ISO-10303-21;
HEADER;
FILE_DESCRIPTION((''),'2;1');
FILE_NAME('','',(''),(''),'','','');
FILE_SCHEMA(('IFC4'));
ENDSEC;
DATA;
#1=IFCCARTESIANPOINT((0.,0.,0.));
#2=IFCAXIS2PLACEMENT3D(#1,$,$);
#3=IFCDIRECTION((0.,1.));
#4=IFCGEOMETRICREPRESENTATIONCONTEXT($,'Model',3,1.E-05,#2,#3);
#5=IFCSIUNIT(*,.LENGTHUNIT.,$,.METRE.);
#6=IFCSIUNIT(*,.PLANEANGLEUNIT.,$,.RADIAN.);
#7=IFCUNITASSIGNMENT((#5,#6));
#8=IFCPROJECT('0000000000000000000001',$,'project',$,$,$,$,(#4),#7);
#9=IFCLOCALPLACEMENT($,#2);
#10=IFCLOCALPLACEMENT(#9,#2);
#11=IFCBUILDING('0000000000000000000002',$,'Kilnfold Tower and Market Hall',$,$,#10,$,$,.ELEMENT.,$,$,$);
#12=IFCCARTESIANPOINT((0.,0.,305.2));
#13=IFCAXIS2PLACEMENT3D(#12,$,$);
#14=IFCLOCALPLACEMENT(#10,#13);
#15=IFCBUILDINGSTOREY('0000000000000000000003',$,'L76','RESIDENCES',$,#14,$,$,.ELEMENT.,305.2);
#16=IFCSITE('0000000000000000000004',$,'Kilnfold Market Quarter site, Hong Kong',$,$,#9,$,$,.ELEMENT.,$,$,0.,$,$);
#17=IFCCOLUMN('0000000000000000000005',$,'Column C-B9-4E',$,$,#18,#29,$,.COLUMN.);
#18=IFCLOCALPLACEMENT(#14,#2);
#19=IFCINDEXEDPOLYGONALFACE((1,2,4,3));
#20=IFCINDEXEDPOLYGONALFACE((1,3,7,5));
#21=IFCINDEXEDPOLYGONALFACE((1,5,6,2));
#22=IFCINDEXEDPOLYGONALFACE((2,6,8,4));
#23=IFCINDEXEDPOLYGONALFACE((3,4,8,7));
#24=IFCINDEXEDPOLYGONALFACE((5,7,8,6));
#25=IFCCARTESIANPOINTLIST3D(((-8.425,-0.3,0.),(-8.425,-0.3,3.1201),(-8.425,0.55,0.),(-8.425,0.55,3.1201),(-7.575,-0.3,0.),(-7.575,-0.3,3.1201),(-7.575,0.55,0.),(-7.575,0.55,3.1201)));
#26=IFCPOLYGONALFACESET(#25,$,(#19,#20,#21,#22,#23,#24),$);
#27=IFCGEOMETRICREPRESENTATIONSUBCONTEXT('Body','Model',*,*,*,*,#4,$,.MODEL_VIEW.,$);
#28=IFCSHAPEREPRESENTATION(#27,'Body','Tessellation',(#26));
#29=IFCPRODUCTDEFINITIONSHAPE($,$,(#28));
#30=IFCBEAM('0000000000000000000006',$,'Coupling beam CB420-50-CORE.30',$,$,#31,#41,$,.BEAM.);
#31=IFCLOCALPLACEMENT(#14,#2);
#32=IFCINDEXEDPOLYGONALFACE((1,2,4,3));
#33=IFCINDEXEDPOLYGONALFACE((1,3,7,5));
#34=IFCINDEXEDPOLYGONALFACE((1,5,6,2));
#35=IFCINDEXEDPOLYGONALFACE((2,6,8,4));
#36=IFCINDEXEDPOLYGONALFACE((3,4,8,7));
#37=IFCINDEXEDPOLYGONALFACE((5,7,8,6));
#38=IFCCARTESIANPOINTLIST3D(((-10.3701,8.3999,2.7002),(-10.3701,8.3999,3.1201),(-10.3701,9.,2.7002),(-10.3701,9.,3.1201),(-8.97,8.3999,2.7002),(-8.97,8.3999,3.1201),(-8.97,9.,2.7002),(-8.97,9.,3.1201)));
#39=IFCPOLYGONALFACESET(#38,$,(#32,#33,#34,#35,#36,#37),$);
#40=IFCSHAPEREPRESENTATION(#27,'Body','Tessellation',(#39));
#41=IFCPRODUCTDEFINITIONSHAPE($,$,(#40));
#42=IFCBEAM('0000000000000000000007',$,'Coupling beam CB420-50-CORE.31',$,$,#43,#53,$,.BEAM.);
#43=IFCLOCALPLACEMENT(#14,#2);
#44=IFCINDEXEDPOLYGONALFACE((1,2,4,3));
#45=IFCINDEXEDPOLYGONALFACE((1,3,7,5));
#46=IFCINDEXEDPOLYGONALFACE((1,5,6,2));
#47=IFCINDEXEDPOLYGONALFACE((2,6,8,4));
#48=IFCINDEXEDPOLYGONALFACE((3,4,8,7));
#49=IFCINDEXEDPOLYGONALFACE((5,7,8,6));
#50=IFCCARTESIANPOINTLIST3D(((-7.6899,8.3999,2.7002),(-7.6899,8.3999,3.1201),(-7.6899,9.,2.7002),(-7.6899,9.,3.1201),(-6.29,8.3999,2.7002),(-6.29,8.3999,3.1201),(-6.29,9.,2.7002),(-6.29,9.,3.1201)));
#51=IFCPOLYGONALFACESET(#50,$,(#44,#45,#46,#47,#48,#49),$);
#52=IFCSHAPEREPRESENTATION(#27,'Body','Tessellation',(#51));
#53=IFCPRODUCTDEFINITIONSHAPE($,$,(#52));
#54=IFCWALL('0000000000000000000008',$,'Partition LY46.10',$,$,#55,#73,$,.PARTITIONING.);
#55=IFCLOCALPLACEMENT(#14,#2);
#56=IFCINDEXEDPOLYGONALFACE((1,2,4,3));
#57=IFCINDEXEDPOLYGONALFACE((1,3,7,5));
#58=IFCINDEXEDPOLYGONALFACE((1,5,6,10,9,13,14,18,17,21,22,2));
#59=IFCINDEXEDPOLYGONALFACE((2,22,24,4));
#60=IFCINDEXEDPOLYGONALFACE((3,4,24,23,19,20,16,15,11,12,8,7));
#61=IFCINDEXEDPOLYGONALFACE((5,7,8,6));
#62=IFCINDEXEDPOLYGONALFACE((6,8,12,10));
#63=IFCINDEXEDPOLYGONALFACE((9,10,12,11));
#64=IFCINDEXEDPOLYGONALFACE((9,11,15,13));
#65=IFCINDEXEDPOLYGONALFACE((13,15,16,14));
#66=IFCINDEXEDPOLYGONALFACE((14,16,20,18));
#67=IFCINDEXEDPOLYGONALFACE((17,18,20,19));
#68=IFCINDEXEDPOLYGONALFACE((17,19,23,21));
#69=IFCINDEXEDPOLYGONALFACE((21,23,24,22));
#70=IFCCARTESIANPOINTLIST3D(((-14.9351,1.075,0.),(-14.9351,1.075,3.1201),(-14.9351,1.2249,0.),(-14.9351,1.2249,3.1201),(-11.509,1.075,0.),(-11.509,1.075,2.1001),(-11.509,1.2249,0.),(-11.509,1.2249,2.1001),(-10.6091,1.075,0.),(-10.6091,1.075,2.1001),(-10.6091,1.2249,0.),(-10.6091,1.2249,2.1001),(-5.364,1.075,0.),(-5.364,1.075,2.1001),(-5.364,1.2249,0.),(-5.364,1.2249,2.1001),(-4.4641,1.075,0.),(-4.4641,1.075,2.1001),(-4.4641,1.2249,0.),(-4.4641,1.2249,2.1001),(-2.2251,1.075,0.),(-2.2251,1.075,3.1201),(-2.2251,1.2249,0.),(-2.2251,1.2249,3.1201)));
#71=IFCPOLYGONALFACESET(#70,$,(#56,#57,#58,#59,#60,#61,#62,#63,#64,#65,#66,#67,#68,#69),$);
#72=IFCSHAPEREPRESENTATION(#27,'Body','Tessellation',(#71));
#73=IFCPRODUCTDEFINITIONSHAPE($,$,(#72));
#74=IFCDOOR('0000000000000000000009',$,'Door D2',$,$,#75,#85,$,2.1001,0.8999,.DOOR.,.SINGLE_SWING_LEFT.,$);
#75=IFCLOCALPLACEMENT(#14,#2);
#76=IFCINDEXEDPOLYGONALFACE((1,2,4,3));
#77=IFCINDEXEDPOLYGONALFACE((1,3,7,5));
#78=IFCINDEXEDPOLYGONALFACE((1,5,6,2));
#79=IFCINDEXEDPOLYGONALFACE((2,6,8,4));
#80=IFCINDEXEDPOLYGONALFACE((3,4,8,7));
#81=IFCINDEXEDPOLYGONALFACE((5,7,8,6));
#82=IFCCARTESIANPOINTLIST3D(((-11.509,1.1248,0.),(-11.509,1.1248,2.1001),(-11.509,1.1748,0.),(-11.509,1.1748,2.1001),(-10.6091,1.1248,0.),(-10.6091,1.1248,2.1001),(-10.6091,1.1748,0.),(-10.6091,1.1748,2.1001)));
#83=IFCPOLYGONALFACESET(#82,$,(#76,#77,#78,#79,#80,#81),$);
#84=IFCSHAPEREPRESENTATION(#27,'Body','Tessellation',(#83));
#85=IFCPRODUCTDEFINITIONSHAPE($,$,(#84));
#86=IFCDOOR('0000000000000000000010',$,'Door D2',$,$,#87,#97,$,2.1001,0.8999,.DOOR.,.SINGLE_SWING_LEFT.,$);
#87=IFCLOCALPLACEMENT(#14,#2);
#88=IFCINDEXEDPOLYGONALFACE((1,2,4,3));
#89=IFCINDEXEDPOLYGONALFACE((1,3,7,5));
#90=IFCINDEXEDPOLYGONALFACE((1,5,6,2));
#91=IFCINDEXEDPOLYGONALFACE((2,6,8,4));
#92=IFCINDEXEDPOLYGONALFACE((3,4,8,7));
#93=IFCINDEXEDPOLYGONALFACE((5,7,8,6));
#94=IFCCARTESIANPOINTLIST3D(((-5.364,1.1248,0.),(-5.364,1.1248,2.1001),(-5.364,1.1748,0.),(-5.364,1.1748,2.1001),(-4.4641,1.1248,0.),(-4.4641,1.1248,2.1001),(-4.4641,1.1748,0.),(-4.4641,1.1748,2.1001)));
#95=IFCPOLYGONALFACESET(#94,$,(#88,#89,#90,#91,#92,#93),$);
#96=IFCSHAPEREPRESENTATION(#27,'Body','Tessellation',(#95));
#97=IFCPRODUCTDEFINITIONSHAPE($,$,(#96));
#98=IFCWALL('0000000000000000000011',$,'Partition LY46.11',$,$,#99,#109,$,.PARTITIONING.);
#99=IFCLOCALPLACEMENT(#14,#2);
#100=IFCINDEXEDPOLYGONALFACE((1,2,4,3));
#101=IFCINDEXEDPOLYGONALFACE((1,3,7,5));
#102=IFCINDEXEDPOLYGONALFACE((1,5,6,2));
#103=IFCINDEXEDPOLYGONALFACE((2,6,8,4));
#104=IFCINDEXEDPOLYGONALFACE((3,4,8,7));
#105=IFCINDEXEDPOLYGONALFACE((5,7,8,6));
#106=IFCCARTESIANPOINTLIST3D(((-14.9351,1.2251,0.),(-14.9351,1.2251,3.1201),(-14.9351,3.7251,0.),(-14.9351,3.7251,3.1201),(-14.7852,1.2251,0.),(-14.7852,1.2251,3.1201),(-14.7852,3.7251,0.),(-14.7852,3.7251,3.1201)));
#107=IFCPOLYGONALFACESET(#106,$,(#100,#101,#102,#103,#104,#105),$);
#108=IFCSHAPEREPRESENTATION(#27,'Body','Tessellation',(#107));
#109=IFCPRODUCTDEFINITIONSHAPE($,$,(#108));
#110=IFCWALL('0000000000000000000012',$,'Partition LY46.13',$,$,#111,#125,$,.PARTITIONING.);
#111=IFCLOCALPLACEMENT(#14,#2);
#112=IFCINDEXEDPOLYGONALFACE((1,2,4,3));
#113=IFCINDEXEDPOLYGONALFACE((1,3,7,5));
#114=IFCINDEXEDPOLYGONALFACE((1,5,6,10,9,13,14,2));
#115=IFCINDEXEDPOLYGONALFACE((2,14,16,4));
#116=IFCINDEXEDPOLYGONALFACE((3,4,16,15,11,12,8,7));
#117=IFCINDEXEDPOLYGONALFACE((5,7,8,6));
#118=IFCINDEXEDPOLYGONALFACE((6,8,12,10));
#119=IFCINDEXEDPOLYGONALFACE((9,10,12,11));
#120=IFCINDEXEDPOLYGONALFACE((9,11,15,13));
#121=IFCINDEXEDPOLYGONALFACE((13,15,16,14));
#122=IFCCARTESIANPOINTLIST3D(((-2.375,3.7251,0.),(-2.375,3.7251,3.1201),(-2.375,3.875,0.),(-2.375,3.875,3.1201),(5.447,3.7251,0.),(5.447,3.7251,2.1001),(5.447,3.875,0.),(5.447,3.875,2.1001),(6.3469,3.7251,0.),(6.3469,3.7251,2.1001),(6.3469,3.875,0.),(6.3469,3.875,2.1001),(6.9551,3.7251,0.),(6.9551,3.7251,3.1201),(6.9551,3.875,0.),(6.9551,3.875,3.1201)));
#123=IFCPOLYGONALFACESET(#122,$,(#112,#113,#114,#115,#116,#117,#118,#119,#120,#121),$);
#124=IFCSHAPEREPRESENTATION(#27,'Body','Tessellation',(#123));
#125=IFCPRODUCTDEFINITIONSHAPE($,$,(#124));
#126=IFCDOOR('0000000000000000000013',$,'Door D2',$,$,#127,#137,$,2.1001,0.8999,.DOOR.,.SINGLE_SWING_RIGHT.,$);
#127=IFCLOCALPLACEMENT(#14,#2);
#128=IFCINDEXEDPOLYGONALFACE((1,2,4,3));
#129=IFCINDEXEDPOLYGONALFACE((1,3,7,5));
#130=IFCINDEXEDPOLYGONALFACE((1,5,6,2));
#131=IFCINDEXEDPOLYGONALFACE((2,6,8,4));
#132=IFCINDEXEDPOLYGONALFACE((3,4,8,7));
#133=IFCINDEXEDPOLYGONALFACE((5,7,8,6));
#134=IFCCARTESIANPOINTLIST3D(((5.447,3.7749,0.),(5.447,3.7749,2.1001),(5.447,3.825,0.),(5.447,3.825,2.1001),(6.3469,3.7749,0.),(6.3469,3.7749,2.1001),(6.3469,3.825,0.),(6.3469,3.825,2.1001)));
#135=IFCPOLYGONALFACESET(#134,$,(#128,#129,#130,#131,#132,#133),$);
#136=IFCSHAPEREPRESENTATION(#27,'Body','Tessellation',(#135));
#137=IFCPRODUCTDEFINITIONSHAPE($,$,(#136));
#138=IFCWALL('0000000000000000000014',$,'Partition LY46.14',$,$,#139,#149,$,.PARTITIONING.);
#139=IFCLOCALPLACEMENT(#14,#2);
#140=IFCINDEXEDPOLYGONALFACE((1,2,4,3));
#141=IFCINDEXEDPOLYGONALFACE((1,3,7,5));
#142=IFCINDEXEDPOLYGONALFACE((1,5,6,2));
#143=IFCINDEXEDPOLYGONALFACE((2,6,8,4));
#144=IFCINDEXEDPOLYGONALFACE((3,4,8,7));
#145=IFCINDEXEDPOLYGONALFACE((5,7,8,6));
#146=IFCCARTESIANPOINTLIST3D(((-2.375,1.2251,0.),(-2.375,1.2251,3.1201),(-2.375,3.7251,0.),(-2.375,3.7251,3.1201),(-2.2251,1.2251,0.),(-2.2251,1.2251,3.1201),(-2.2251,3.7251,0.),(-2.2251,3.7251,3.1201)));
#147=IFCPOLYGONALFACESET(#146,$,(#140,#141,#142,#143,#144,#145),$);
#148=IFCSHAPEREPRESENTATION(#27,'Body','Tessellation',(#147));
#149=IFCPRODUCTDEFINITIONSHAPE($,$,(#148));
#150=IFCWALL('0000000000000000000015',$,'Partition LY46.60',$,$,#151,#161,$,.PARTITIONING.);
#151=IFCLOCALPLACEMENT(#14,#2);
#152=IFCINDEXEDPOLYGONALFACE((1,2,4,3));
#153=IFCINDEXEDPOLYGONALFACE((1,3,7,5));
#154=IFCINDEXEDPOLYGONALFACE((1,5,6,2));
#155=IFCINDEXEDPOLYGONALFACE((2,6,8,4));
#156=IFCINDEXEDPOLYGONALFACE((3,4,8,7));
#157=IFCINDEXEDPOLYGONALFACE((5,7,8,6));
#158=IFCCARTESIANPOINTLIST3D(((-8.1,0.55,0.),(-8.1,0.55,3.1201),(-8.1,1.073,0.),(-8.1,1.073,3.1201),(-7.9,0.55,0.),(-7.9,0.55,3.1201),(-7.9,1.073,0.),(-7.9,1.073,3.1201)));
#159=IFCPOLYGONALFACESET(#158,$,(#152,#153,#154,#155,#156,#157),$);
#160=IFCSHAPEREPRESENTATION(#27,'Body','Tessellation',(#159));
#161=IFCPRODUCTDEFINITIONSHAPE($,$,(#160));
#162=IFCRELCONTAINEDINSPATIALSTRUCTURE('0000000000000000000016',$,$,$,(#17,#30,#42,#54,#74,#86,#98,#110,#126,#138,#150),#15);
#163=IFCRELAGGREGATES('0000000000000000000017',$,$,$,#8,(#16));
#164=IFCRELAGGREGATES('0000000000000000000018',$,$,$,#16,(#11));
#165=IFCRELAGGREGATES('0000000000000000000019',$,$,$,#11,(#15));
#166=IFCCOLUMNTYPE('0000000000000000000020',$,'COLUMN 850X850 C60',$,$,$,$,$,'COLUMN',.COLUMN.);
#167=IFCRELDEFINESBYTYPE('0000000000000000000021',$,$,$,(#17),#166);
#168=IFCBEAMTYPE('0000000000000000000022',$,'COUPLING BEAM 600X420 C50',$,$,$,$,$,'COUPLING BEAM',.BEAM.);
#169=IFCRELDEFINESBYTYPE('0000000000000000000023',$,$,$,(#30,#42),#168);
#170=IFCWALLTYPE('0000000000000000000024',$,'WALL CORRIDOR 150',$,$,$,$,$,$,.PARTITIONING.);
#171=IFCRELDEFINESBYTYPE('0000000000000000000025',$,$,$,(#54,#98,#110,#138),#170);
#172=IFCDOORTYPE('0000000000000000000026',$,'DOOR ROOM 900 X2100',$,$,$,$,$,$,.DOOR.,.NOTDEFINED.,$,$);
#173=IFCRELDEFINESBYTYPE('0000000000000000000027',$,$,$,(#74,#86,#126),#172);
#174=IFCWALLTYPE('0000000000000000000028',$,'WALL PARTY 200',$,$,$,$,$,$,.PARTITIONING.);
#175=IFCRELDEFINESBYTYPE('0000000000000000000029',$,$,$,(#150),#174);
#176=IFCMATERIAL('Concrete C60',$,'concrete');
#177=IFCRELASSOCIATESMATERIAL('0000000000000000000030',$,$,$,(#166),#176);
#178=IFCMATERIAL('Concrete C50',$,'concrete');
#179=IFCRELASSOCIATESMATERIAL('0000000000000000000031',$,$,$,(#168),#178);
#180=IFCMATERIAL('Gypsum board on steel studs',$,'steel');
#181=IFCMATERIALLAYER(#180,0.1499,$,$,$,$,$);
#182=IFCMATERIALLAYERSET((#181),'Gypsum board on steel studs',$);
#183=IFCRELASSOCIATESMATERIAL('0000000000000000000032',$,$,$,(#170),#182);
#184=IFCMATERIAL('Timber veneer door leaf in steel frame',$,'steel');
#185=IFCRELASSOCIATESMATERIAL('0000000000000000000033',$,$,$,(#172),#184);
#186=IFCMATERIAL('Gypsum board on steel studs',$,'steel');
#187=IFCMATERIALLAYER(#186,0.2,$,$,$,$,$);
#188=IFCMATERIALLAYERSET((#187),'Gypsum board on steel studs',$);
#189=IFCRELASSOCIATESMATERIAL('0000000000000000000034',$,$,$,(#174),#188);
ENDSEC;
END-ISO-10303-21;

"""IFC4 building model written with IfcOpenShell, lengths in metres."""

from ifc_helpers import new_model, si_unit, direction, frame, frame_2d, origin, origin_2d, place, context, subcontext, project, spatial, rectangle, extrude, source, transform, mapped, material, layer, layer_set, material_profile, profile_set, type_object, element, fill, save


model = new_model("IFC4")

# Units and contexts
model_context = context("Model", 3, precision=1e-05, world=origin(), true_north=direction((0.0, 1.0)))
body_context = subcontext(model_context, "Body", "Model", "MODEL_VIEW")
ifc_project = project(units=[si_unit("LENGTHUNIT", "METRE"), si_unit("PLANEANGLEUNIT", "RADIAN")], contexts=[model_context])

# Site, building, storey
site_placement = place(None, origin())
site = spatial("IfcSite", under=ifc_project, at=site_placement, Name="Kilnfold Market Quarter site, Hong Kong", CompositionType="ELEMENT", RefElevation=0.0)
building_placement = place(site_placement, origin())
building = spatial("IfcBuilding", under=site, at=building_placement, Name="Kilnfold Tower and Market Hall", CompositionType="ELEMENT")
storey_placement = place(building_placement, frame((0.0, 0.0, 305.2)))
storey = spatial("IfcBuildingStorey", under=building, at=storey_placement, Name="L76", Description="RESIDENCES", CompositionType="ELEMENT", Elevation=305.2)

# Column
ifc_material_1 = material(Name="Concrete C60", Category="concrete")
ifc_material_profile_1 = material_profile(ifc_material_1, rectangle(XDim=0.8501, YDim=0.8501, at=origin_2d()), Name="RC 850x850")
ifc_profile_set_1 = profile_set([ifc_material_profile_1], Name="Concrete C60")
column_type = type_object("IfcColumnType", Name="COLUMN 850X850 C60", ElementType="COLUMN", PredefinedType="COLUMN", material=ifc_profile_set_1)
shared_shape_1 = source(origin(), body_context, "Body", "SweptSolid", [
    extrude(rectangle(XDim=0.8501, YDim=0.8501, at=origin_2d()), origin(), (0.0, 0.0, 1.0), 3.1201),
])
column_placement = place(storey_placement, frame((-8.0, 0.125, 0.0), z_axis=(0.0, 0.0, 1.0), x_axis=(1.0, 0.0, 0.0)))
element("IfcColumn", 1, at=column_placement, inside=storey, type_object=column_type, Name="Column C-B9-4E", PredefinedType="COLUMN", context=body_context, shape_type="MappedRepresentation", body=[
    mapped(shared_shape_1, transform((0.0, 0.0, 0.0))),
])

# Beams
ifc_material_2 = material(Name="Concrete C50", Category="concrete")
ifc_material_profile_2 = material_profile(ifc_material_2, rectangle(XDim=0.6001, YDim=0.4199, at=origin_2d()), Name="RC 600x420")
ifc_profile_set_2 = profile_set([ifc_material_profile_2], Name="Concrete C50")
beam_type = type_object("IfcBeamType", Name="COUPLING BEAM 600X420 C50", ElementType="COUPLING BEAM", PredefinedType="BEAM", material=ifc_profile_set_2)
shared_shape_2 = source(origin(), body_context, "Body", "SweptSolid", [
    extrude(rectangle(XDim=0.6001, YDim=0.4199, at=origin_2d()), origin(), (0.0, 0.0, 1.0), 1.4001),
])
beam_1_placement = place(storey_placement, frame((-10.3701, 8.7, 2.9102), z_axis=(1.0, 0.0, 0.0), x_axis=(0.0, 1.0, 0.0)))
element("IfcBeam", 2, at=beam_1_placement, inside=storey, type_object=beam_type, Name="Coupling beam CB420-50-CORE.30", PredefinedType="BEAM", context=body_context, shape_type="MappedRepresentation", body=[
    mapped(shared_shape_2, transform((0.0, 0.0, 0.0))),
])
shared_shape_3 = source(origin(), body_context, "Body", "SweptSolid", [
    extrude(rectangle(XDim=0.6001, YDim=0.4199, at=origin_2d()), origin(), (0.0, 0.0, 1.0), 1.3999),
])
beam_2_placement = place(storey_placement, frame((-7.6899, 8.7, 2.9102), z_axis=(1.0, 0.0, 0.0), x_axis=(0.0, 1.0, 0.0)))
element("IfcBeam", 3, at=beam_2_placement, inside=storey, type_object=beam_type, Name="Coupling beam CB420-50-CORE.31", PredefinedType="BEAM", context=body_context, shape_type="MappedRepresentation", body=[
    mapped(shared_shape_3, transform((0.0, 0.0, 0.0))),
])

# Wall, openings, doors
ifc_material_3 = material(Name="Gypsum board on steel studs", Category="steel")
ifc_layer_1 = layer(ifc_material_3, 0.1499)
ifc_layer_set_1 = layer_set([ifc_layer_1], Name="Gypsum board on steel studs")
wall_type_1 = type_object("IfcWallType", Name="WALL CORRIDOR 150", PredefinedType="PARTITIONING", material=ifc_layer_set_1)
wall_1_placement = place(storey_placement, frame((-14.9351, 1.1499, 0.0), z_axis=(0.0, 0.0, 1.0), x_axis=(1.0, 0.0, 0.0)))
wall_1 = element("IfcWall", 4, at=wall_1_placement, inside=storey, type_object=wall_type_1, Name="Partition LY46.10", PredefinedType="PARTITIONING", context=body_context, shape_type="SweptSolid", body=[
    extrude(rectangle(XDim=12.71, YDim=0.1499, at=frame_2d((6.355, 0.0))), origin(), (0.0, 0.0, 1.0), 3.1201),
])
opening_1_placement = place(wall_1_placement, frame((3.426, 0.0, 0.0)))
opening_1 = element("IfcOpeningElement", 5, at=opening_1_placement, cuts=wall_1, PredefinedType="OPENING", context=body_context, shape_type="SweptSolid", body=[
    extrude(rectangle(XDim=0.8999, YDim=2.1001, at=frame_2d((0.45, 1.05))), frame((0.0, 0.085, 0.0), z_axis=(0.0, -1.0, 0.0), x_axis=(1.0, 0.0, 0.0)), (0.0, 0.0, 1.0), 0.1699),
])
opening_2_placement = place(wall_1_placement, frame((9.571, 0.0, 0.0)))
opening_2 = element("IfcOpeningElement", 6, at=opening_2_placement, cuts=wall_1, PredefinedType="OPENING", context=body_context, shape_type="SweptSolid", body=[
    extrude(rectangle(XDim=0.8999, YDim=2.1001, at=frame_2d((0.45, 1.05))), frame((0.0, 0.085, 0.0), z_axis=(0.0, -1.0, 0.0), x_axis=(1.0, 0.0, 0.0)), (0.0, 0.0, 1.0), 0.1699),
])
ifc_material_4 = material(Name="Timber veneer door leaf in steel frame", Category="steel")
door_type_1 = type_object("IfcDoorType", Name="DOOR ROOM 900 X2100", OperationType="NOTDEFINED", PredefinedType="DOOR", material=ifc_material_4)
door_1_placement = place(opening_1_placement, origin())
door_1 = element("IfcDoor", 7, at=door_1_placement, inside=storey, type_object=door_type_1, Name="Door D2", OperationType="SINGLE_SWING_LEFT", OverallHeight=2.1001, OverallWidth=0.8999, PredefinedType="DOOR", context=body_context, shape_type="SweptSolid", body=[
    extrude(rectangle(XDim=0.8999, YDim=2.1001, at=frame_2d((0.45, 1.05))), frame((0.0, 0.0249, 0.0), z_axis=(0.0, -1.0, 0.0), x_axis=(1.0, 0.0, 0.0)), (0.0, 0.0, 1.0), 0.05),
])
fill(opening_1, door_1)
door_2_placement = place(opening_2_placement, origin())
door_2 = element("IfcDoor", 8, at=door_2_placement, inside=storey, type_object=door_type_1, Name="Door D2", OperationType="SINGLE_SWING_LEFT", OverallHeight=2.1001, OverallWidth=0.8999, PredefinedType="DOOR", context=body_context, shape_type="SweptSolid", body=[
    extrude(rectangle(XDim=0.8999, YDim=2.1001, at=frame_2d((0.45, 1.05))), frame((0.0, 0.0249, 0.0), z_axis=(0.0, -1.0, 0.0), x_axis=(1.0, 0.0, 0.0)), (0.0, 0.0, 1.0), 0.05),
])
fill(opening_2, door_2)

# Wall
wall_2_placement = place(storey_placement, frame((-14.8601, 3.7251, 0.0), z_axis=(0.0, 0.0, 1.0), x_axis=(0.0, -1.0, 0.0)))
element("IfcWall", 9, at=wall_2_placement, inside=storey, type_object=wall_type_1, Name="Partition LY46.11", PredefinedType="PARTITIONING", context=body_context, shape_type="SweptSolid", body=[
    extrude(rectangle(XDim=2.5, YDim=0.1499, at=frame_2d((1.25, 0.0))), origin(), (0.0, 0.0, 1.0), 3.1201),
])

# Wall, opening, door
wall_3_placement = place(storey_placement, frame((-2.375, 3.8, 0.0), z_axis=(0.0, 0.0, 1.0), x_axis=(1.0, 0.0, 0.0)))
wall_3 = element("IfcWall", 10, at=wall_3_placement, inside=storey, type_object=wall_type_1, Name="Partition LY46.13", PredefinedType="PARTITIONING", context=body_context, shape_type="SweptSolid", body=[
    extrude(rectangle(XDim=9.3301, YDim=0.1499, at=frame_2d((4.665, 0.0))), origin(), (0.0, 0.0, 1.0), 3.1201),
])
opening_3_placement = place(wall_3_placement, frame((7.822, 0.0, 0.0)))
opening_3 = element("IfcOpeningElement", 11, at=opening_3_placement, cuts=wall_3, PredefinedType="OPENING", context=body_context, shape_type="SweptSolid", body=[
    extrude(rectangle(XDim=0.8999, YDim=2.1001, at=frame_2d((0.45, 1.05))), frame((0.0, 0.085, 0.0), z_axis=(0.0, -1.0, 0.0), x_axis=(1.0, 0.0, 0.0)), (0.0, 0.0, 1.0), 0.1699),
])
door_3_placement = place(opening_3_placement, origin())
door_3 = element("IfcDoor", 12, at=door_3_placement, inside=storey, type_object=door_type_1, Name="Door D2", OperationType="SINGLE_SWING_RIGHT", OverallHeight=2.1001, OverallWidth=0.8999, PredefinedType="DOOR", context=body_context, shape_type="SweptSolid", body=[
    extrude(rectangle(XDim=0.8999, YDim=2.1001, at=frame_2d((0.45, 1.05))), frame((0.0, 0.0249, 0.0), z_axis=(0.0, -1.0, 0.0), x_axis=(1.0, 0.0, 0.0)), (0.0, 0.0, 1.0), 0.05),
])
fill(opening_3, door_3)

# Walls
wall_4_placement = place(storey_placement, frame((-2.3, 1.2251, 0.0), z_axis=(0.0, 0.0, 1.0), x_axis=(0.0, 1.0, 0.0)))
element("IfcWall", 13, at=wall_4_placement, inside=storey, type_object=wall_type_1, Name="Partition LY46.14", PredefinedType="PARTITIONING", context=body_context, shape_type="SweptSolid", body=[
    extrude(rectangle(XDim=2.5, YDim=0.1499, at=frame_2d((1.25, 0.0))), origin(), (0.0, 0.0, 1.0), 3.1201),
])
ifc_material_5 = material(Name="Gypsum board on steel studs", Category="steel")
ifc_layer_2 = layer(ifc_material_5, 0.2)
ifc_layer_set_2 = layer_set([ifc_layer_2], Name="Gypsum board on steel studs")
wall_type_2 = type_object("IfcWallType", Name="WALL PARTY 200", PredefinedType="PARTITIONING", material=ifc_layer_set_2)
wall_5_placement = place(storey_placement, frame((-8.0, 0.55, 0.0), z_axis=(0.0, 0.0, 1.0), x_axis=(0.0, 1.0, 0.0)))
element("IfcWall", 14, at=wall_5_placement, inside=storey, type_object=wall_type_2, Name="Partition LY46.60", PredefinedType="PARTITIONING", context=body_context, shape_type="SweptSolid", body=[
    extrude(rectangle(XDim=0.5229, YDim=0.2, at=frame_2d((0.2615, 0.0))), origin(), (0.0, 0.0, 1.0), 3.1201),
])

save(model, "model.ifc")
